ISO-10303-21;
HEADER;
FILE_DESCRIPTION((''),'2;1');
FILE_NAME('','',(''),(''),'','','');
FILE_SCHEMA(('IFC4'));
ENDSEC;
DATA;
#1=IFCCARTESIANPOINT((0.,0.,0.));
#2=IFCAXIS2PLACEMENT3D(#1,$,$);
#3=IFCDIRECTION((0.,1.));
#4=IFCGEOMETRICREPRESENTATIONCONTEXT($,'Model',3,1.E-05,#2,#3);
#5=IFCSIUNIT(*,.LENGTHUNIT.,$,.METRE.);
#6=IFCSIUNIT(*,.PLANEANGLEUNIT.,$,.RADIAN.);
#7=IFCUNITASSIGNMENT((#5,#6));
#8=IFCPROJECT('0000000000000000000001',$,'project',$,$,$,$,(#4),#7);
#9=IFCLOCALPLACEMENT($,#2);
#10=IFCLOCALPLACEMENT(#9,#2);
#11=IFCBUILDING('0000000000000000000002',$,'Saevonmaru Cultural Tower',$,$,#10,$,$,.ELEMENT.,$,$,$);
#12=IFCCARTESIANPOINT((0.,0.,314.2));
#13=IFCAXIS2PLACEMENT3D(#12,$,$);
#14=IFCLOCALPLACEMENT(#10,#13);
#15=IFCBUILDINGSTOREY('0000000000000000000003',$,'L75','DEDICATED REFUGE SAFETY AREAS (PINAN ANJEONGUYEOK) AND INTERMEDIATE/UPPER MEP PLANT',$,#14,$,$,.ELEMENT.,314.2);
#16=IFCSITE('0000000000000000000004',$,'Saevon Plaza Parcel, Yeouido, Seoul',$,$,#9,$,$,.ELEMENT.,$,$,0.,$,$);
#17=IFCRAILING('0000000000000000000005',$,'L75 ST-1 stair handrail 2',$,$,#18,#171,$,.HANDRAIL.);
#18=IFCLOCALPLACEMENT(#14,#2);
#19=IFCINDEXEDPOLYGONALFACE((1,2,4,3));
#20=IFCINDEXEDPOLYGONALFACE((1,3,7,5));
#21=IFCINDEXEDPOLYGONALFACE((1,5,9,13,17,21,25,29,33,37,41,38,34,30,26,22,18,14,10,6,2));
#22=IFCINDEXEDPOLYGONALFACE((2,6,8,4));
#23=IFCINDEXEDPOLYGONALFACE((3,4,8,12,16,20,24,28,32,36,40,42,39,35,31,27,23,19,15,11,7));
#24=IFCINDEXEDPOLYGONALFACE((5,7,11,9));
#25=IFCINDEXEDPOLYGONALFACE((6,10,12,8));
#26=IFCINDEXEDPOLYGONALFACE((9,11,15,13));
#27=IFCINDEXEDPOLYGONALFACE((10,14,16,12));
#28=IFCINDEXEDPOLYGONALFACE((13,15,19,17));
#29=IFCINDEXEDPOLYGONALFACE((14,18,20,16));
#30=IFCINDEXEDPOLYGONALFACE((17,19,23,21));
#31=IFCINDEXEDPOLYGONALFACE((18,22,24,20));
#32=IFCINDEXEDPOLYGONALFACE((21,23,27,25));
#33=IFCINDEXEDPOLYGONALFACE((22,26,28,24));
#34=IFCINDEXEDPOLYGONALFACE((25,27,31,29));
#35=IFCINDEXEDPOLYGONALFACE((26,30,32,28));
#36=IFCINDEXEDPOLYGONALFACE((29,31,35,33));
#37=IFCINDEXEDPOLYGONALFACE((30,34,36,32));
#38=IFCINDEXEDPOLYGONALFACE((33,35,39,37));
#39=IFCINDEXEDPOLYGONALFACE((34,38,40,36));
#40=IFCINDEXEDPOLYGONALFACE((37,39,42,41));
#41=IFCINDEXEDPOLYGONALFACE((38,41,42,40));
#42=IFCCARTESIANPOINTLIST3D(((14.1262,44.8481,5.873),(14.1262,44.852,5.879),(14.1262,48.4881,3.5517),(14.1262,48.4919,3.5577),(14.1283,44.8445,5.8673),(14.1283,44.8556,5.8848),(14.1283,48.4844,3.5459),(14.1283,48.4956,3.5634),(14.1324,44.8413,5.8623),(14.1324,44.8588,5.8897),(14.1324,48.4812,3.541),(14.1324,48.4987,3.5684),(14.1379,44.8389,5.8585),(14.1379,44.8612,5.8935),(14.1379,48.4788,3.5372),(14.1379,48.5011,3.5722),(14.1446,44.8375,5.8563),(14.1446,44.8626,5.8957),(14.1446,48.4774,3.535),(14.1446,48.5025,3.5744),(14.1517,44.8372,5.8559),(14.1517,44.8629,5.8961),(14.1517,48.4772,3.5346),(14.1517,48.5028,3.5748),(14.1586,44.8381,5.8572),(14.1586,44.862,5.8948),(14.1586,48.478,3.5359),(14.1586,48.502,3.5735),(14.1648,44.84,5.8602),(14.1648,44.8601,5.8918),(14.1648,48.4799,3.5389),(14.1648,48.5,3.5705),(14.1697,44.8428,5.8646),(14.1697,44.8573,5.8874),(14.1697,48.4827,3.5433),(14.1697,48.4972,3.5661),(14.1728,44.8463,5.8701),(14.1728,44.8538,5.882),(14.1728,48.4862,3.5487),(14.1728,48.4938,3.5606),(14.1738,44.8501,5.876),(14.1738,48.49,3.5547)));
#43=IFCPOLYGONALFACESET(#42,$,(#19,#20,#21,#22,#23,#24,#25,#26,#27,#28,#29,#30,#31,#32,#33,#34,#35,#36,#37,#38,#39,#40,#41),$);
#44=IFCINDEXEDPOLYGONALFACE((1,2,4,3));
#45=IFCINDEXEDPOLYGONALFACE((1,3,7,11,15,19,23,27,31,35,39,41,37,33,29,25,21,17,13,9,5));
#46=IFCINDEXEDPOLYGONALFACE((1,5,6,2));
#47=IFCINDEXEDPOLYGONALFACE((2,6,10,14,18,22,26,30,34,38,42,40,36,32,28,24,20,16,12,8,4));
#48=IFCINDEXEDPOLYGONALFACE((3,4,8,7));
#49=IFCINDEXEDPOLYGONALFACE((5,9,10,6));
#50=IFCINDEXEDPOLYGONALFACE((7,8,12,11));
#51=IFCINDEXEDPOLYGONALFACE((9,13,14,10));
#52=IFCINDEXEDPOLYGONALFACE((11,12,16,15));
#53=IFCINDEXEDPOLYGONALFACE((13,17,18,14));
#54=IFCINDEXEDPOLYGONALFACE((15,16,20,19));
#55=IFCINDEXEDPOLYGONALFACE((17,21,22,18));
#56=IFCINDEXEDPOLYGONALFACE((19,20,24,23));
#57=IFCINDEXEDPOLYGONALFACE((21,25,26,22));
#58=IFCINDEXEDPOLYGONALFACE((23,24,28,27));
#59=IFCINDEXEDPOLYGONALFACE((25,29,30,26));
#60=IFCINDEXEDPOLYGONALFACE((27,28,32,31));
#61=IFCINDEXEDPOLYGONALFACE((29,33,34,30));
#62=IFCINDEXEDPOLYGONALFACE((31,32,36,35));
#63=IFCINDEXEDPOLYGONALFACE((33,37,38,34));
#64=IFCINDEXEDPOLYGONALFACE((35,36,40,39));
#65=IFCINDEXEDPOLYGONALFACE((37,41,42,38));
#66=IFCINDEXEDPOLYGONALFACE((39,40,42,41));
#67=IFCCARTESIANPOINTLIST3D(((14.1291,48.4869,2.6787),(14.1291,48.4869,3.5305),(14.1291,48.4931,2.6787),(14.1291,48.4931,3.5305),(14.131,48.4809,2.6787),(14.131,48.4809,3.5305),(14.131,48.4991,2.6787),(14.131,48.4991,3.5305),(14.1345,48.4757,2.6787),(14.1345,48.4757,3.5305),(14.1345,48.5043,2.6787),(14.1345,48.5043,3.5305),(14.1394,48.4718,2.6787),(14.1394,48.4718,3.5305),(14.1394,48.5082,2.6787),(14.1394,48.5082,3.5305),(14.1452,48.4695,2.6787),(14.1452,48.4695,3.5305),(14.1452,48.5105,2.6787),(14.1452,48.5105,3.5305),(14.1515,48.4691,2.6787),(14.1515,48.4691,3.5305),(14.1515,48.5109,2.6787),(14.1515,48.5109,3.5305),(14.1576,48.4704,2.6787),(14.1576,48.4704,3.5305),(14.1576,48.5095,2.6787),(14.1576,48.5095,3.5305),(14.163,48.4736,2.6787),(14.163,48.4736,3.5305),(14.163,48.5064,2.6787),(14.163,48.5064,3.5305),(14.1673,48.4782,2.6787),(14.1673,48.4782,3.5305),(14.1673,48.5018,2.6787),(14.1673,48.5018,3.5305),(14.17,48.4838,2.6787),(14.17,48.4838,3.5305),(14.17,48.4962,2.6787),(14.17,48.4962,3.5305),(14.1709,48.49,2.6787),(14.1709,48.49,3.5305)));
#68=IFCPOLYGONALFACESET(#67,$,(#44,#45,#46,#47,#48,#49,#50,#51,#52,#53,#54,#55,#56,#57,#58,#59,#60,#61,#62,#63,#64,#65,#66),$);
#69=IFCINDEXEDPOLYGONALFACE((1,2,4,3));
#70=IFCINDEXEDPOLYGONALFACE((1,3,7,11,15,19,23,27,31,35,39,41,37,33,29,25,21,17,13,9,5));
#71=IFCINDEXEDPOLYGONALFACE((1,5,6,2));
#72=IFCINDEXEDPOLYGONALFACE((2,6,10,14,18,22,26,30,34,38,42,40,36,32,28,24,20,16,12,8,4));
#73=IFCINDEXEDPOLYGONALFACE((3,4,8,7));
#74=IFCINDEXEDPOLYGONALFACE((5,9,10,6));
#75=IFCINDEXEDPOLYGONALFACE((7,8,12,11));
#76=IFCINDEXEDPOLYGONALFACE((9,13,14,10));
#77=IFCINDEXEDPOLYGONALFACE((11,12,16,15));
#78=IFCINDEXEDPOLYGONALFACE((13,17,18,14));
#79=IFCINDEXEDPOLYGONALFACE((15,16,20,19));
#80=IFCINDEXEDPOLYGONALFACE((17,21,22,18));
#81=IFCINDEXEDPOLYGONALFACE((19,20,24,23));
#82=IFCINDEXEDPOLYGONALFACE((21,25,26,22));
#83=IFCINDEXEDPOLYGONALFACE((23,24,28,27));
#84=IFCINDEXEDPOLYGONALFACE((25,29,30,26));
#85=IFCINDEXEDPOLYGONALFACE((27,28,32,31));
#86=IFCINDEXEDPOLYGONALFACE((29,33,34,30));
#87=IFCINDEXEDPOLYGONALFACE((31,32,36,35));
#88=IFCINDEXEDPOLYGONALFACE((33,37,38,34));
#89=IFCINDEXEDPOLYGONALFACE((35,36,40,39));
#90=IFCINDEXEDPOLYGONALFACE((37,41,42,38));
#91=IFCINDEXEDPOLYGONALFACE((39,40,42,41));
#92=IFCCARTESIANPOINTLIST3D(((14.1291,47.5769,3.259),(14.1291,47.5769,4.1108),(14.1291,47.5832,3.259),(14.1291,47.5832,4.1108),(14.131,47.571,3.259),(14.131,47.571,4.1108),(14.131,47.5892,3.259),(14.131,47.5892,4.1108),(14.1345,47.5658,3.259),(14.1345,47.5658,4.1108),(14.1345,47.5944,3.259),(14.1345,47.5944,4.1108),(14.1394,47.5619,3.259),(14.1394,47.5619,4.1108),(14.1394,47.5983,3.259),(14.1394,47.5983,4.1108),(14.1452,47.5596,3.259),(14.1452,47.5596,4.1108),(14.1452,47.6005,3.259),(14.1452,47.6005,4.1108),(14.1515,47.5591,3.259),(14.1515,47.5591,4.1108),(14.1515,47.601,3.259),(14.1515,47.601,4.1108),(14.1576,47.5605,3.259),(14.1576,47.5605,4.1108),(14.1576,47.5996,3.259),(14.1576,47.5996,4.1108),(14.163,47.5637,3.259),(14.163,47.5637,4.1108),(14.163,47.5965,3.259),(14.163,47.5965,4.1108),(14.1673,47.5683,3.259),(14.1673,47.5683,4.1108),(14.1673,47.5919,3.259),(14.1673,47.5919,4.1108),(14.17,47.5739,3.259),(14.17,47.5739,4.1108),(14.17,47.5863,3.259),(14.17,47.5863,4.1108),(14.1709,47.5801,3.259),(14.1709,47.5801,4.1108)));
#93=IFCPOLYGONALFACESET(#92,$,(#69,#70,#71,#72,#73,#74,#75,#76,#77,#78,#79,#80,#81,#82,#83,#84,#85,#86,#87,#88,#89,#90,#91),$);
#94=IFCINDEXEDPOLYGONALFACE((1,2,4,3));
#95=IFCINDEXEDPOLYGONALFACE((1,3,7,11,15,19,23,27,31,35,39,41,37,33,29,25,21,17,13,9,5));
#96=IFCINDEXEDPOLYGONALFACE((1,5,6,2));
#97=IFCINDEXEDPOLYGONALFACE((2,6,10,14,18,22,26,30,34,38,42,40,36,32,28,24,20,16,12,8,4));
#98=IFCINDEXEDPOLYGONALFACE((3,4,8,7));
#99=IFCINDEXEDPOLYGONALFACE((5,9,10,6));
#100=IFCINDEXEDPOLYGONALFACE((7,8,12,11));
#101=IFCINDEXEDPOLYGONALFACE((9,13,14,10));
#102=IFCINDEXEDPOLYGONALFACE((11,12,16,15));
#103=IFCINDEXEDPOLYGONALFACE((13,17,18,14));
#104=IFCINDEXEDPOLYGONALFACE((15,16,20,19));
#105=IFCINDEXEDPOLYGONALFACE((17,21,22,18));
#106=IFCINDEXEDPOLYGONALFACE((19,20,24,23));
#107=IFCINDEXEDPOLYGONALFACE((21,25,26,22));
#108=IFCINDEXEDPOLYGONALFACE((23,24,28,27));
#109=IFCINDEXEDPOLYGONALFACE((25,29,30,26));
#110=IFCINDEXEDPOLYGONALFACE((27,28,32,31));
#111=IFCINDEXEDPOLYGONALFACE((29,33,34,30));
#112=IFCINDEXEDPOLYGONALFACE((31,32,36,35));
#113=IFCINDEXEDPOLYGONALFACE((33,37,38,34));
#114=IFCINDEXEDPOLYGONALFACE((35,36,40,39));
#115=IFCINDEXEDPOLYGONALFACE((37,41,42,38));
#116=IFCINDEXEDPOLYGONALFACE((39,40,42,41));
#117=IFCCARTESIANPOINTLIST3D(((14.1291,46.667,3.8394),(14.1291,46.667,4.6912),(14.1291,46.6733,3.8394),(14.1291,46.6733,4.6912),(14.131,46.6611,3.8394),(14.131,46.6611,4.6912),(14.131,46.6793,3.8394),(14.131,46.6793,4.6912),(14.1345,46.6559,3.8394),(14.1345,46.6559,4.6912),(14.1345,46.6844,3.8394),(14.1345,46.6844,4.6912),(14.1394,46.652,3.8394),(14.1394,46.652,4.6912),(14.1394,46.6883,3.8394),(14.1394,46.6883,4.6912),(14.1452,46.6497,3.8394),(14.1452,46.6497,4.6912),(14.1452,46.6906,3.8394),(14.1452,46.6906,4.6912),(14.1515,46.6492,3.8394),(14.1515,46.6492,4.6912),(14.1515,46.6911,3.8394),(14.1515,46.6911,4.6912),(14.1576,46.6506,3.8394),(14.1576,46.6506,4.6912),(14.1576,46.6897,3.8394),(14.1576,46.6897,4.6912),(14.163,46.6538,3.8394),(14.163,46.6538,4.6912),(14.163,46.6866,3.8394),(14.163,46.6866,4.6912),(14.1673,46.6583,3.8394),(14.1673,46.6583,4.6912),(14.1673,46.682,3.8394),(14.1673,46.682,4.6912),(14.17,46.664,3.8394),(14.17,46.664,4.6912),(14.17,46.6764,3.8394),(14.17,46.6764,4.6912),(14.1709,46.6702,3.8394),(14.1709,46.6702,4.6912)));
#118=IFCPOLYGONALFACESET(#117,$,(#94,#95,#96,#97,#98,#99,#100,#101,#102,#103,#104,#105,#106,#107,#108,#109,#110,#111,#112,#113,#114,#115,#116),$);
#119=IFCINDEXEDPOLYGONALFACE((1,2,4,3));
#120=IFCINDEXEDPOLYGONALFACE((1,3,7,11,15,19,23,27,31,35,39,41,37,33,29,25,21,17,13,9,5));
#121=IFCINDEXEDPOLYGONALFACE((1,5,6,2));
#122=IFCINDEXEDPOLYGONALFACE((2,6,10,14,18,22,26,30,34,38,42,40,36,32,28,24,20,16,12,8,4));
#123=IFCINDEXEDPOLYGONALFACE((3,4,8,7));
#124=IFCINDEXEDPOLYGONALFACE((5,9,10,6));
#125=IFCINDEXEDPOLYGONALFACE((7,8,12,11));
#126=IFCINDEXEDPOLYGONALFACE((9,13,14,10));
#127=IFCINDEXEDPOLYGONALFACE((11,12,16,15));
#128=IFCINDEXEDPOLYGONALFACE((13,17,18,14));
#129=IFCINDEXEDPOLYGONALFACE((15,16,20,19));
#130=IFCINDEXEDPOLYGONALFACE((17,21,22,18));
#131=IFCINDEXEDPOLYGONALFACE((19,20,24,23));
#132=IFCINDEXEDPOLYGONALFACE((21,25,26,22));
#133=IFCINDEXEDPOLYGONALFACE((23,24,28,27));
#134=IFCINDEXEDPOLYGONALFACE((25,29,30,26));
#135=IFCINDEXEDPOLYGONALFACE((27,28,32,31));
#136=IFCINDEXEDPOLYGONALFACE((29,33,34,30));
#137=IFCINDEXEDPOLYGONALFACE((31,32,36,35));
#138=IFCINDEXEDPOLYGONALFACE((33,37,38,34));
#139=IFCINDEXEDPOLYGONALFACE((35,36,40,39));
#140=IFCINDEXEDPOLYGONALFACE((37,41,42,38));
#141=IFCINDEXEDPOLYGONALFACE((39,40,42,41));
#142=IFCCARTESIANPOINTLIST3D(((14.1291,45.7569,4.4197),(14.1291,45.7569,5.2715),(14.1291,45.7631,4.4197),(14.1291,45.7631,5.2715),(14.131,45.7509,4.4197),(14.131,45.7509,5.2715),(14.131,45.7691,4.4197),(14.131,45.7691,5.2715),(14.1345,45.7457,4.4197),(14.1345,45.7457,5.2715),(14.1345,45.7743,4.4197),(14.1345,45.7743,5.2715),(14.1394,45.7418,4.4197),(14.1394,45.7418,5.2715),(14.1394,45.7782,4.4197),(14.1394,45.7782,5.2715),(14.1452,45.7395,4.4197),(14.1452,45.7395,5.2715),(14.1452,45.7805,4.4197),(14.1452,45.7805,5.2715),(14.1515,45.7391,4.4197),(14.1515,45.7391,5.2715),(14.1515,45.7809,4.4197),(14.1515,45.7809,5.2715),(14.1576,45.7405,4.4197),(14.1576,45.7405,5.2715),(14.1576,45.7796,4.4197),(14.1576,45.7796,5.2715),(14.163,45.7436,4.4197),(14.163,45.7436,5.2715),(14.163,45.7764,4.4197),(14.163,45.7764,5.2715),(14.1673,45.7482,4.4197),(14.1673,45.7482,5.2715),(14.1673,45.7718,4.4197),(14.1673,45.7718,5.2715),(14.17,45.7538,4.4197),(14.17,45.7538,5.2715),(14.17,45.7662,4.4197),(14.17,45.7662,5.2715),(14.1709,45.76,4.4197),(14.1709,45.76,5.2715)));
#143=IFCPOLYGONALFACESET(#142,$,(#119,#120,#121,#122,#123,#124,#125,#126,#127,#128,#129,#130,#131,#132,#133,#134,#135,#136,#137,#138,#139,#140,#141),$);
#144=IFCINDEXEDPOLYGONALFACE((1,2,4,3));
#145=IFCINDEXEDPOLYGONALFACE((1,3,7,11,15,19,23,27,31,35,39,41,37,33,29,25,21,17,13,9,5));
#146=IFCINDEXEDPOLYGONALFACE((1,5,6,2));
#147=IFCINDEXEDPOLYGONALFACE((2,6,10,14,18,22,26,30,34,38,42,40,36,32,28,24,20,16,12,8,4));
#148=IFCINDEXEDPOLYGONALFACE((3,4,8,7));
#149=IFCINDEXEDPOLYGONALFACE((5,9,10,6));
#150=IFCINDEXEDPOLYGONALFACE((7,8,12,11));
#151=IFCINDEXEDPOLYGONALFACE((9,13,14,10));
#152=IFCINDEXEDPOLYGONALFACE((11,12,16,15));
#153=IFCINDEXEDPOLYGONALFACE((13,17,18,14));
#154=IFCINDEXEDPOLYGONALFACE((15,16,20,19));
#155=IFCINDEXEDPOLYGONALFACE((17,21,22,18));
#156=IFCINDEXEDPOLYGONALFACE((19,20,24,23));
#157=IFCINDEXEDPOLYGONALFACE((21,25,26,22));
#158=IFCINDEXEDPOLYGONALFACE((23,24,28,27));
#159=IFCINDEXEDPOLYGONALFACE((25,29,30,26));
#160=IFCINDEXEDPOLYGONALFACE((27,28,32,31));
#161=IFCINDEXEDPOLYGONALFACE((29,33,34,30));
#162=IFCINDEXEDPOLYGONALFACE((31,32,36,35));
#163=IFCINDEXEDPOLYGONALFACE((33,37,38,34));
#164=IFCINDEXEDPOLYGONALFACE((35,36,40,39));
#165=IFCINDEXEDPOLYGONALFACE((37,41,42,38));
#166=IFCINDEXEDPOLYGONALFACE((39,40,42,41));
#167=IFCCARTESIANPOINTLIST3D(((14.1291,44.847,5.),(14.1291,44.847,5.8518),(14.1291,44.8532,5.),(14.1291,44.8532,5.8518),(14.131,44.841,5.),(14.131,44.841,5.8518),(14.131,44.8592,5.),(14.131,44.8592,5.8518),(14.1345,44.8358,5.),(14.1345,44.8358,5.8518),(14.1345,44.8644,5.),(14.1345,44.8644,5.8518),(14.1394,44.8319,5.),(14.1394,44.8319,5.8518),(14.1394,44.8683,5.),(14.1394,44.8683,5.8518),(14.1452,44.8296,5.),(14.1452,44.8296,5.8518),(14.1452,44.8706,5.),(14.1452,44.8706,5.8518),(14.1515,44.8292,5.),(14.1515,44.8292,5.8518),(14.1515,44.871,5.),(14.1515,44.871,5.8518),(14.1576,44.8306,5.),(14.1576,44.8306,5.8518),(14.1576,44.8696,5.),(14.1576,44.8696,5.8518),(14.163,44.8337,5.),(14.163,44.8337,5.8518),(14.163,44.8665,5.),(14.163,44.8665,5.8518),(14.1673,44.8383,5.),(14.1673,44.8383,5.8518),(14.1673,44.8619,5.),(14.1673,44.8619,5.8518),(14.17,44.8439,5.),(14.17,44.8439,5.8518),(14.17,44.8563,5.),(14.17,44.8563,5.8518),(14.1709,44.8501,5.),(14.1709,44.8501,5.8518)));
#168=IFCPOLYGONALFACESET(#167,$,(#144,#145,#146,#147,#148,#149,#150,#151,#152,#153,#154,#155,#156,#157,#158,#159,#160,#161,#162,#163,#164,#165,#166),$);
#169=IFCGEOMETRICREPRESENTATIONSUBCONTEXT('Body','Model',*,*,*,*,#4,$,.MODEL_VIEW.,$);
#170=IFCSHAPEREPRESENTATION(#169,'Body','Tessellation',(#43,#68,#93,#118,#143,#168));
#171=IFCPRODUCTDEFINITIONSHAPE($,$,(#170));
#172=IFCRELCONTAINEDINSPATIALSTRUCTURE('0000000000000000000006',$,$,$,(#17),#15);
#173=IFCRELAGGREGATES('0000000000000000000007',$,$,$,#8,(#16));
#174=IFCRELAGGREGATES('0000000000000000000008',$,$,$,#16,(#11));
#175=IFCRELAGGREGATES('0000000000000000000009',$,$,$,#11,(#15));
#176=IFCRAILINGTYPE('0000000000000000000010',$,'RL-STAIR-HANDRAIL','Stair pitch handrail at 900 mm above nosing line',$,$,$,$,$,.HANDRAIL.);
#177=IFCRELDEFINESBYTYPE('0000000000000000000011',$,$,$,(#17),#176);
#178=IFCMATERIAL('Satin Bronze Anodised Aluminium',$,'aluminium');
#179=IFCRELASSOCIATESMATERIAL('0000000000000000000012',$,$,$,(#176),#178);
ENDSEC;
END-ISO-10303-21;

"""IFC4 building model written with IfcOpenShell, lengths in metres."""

from ifc_helpers import new_model, si_unit, direction, frame, origin, origin_2d, place, context, subcontext, project, spatial, circle, extrude, material, type_object, element, save


model = new_model("IFC4")

# Units and contexts
model_context = context("Model", 3, precision=1e-05, world=origin(), true_north=direction((0.0, 1.0)))
body_context = subcontext(model_context, "Body", "Model", "MODEL_VIEW")
ifc_project = project(units=[si_unit("LENGTHUNIT", "METRE"), si_unit("PLANEANGLEUNIT", "RADIAN")], contexts=[model_context])

# Site, building, storey
site_placement = place(None, origin())
site = spatial("IfcSite", under=ifc_project, at=site_placement, Name="Saevon Plaza Parcel, Yeouido, Seoul", CompositionType="ELEMENT", RefElevation=0.0)
building_placement = place(site_placement, origin())
building = spatial("IfcBuilding", under=site, at=building_placement, Name="Saevonmaru Cultural Tower", CompositionType="ELEMENT")
storey_placement = place(building_placement, frame((0.0, 0.0, 314.2)))
storey = spatial("IfcBuildingStorey", under=building, at=storey_placement, Name="L75", Description="DEDICATED REFUGE SAFETY AREAS (PINAN ANJEONGUYEOK) AND INTERMEDIATE/UPPER MEP PLANT", CompositionType="ELEMENT", Elevation=314.2)

# Shared definitions
ifc_material_1 = material(Name="Satin Bronze Anodised Aluminium", Category="aluminium")

# Railing
railing_type_1 = type_object("IfcRailingType", Name="RL-STAIR-HANDRAIL", Description="Stair pitch handrail at 900 mm above nosing line", PredefinedType="HANDRAIL", material=ifc_material_1)
railing_1_placement = place(storey_placement, frame((14.1499, 48.49, 2.6787)))
element("IfcRailing", 1, at=railing_1_placement, inside=storey, type_object=railing_type_1, Name="L75 ST-1 stair handrail 2", PredefinedType="HANDRAIL", context=body_context, shape_type="SweptSolid", body=[
    extrude(circle(Radius=0.0239, at=origin_2d()), frame((0.0, 0.0, 0.876), z_axis=(0.0, -0.843137, 0.537699), x_axis=(1.0, 0.0, 0.0)), (0.0, 0.0, 1.0), 4.3171),
    extrude(circle(Radius=0.021, at=origin_2d()), origin(), (0.0, 0.0, 1.0), 0.8518),
    extrude(circle(Radius=0.021, at=origin_2d()), frame((0.0, -0.9099, 0.5803)), (0.0, 0.0, 1.0), 0.8518),
    extrude(circle(Radius=0.021, at=origin_2d()), frame((0.0, -1.8198, 1.1606)), (0.0, 0.0, 1.0), 0.8518),
    extrude(circle(Radius=0.021, at=origin_2d()), frame((0.0, -2.73, 1.741)), (0.0, 0.0, 1.0), 0.8518),
    extrude(circle(Radius=0.021, at=origin_2d()), frame((0.0, -3.6399, 2.3213)), (0.0, 0.0, 1.0), 0.8518),
])

save(model, "model.ifc")
